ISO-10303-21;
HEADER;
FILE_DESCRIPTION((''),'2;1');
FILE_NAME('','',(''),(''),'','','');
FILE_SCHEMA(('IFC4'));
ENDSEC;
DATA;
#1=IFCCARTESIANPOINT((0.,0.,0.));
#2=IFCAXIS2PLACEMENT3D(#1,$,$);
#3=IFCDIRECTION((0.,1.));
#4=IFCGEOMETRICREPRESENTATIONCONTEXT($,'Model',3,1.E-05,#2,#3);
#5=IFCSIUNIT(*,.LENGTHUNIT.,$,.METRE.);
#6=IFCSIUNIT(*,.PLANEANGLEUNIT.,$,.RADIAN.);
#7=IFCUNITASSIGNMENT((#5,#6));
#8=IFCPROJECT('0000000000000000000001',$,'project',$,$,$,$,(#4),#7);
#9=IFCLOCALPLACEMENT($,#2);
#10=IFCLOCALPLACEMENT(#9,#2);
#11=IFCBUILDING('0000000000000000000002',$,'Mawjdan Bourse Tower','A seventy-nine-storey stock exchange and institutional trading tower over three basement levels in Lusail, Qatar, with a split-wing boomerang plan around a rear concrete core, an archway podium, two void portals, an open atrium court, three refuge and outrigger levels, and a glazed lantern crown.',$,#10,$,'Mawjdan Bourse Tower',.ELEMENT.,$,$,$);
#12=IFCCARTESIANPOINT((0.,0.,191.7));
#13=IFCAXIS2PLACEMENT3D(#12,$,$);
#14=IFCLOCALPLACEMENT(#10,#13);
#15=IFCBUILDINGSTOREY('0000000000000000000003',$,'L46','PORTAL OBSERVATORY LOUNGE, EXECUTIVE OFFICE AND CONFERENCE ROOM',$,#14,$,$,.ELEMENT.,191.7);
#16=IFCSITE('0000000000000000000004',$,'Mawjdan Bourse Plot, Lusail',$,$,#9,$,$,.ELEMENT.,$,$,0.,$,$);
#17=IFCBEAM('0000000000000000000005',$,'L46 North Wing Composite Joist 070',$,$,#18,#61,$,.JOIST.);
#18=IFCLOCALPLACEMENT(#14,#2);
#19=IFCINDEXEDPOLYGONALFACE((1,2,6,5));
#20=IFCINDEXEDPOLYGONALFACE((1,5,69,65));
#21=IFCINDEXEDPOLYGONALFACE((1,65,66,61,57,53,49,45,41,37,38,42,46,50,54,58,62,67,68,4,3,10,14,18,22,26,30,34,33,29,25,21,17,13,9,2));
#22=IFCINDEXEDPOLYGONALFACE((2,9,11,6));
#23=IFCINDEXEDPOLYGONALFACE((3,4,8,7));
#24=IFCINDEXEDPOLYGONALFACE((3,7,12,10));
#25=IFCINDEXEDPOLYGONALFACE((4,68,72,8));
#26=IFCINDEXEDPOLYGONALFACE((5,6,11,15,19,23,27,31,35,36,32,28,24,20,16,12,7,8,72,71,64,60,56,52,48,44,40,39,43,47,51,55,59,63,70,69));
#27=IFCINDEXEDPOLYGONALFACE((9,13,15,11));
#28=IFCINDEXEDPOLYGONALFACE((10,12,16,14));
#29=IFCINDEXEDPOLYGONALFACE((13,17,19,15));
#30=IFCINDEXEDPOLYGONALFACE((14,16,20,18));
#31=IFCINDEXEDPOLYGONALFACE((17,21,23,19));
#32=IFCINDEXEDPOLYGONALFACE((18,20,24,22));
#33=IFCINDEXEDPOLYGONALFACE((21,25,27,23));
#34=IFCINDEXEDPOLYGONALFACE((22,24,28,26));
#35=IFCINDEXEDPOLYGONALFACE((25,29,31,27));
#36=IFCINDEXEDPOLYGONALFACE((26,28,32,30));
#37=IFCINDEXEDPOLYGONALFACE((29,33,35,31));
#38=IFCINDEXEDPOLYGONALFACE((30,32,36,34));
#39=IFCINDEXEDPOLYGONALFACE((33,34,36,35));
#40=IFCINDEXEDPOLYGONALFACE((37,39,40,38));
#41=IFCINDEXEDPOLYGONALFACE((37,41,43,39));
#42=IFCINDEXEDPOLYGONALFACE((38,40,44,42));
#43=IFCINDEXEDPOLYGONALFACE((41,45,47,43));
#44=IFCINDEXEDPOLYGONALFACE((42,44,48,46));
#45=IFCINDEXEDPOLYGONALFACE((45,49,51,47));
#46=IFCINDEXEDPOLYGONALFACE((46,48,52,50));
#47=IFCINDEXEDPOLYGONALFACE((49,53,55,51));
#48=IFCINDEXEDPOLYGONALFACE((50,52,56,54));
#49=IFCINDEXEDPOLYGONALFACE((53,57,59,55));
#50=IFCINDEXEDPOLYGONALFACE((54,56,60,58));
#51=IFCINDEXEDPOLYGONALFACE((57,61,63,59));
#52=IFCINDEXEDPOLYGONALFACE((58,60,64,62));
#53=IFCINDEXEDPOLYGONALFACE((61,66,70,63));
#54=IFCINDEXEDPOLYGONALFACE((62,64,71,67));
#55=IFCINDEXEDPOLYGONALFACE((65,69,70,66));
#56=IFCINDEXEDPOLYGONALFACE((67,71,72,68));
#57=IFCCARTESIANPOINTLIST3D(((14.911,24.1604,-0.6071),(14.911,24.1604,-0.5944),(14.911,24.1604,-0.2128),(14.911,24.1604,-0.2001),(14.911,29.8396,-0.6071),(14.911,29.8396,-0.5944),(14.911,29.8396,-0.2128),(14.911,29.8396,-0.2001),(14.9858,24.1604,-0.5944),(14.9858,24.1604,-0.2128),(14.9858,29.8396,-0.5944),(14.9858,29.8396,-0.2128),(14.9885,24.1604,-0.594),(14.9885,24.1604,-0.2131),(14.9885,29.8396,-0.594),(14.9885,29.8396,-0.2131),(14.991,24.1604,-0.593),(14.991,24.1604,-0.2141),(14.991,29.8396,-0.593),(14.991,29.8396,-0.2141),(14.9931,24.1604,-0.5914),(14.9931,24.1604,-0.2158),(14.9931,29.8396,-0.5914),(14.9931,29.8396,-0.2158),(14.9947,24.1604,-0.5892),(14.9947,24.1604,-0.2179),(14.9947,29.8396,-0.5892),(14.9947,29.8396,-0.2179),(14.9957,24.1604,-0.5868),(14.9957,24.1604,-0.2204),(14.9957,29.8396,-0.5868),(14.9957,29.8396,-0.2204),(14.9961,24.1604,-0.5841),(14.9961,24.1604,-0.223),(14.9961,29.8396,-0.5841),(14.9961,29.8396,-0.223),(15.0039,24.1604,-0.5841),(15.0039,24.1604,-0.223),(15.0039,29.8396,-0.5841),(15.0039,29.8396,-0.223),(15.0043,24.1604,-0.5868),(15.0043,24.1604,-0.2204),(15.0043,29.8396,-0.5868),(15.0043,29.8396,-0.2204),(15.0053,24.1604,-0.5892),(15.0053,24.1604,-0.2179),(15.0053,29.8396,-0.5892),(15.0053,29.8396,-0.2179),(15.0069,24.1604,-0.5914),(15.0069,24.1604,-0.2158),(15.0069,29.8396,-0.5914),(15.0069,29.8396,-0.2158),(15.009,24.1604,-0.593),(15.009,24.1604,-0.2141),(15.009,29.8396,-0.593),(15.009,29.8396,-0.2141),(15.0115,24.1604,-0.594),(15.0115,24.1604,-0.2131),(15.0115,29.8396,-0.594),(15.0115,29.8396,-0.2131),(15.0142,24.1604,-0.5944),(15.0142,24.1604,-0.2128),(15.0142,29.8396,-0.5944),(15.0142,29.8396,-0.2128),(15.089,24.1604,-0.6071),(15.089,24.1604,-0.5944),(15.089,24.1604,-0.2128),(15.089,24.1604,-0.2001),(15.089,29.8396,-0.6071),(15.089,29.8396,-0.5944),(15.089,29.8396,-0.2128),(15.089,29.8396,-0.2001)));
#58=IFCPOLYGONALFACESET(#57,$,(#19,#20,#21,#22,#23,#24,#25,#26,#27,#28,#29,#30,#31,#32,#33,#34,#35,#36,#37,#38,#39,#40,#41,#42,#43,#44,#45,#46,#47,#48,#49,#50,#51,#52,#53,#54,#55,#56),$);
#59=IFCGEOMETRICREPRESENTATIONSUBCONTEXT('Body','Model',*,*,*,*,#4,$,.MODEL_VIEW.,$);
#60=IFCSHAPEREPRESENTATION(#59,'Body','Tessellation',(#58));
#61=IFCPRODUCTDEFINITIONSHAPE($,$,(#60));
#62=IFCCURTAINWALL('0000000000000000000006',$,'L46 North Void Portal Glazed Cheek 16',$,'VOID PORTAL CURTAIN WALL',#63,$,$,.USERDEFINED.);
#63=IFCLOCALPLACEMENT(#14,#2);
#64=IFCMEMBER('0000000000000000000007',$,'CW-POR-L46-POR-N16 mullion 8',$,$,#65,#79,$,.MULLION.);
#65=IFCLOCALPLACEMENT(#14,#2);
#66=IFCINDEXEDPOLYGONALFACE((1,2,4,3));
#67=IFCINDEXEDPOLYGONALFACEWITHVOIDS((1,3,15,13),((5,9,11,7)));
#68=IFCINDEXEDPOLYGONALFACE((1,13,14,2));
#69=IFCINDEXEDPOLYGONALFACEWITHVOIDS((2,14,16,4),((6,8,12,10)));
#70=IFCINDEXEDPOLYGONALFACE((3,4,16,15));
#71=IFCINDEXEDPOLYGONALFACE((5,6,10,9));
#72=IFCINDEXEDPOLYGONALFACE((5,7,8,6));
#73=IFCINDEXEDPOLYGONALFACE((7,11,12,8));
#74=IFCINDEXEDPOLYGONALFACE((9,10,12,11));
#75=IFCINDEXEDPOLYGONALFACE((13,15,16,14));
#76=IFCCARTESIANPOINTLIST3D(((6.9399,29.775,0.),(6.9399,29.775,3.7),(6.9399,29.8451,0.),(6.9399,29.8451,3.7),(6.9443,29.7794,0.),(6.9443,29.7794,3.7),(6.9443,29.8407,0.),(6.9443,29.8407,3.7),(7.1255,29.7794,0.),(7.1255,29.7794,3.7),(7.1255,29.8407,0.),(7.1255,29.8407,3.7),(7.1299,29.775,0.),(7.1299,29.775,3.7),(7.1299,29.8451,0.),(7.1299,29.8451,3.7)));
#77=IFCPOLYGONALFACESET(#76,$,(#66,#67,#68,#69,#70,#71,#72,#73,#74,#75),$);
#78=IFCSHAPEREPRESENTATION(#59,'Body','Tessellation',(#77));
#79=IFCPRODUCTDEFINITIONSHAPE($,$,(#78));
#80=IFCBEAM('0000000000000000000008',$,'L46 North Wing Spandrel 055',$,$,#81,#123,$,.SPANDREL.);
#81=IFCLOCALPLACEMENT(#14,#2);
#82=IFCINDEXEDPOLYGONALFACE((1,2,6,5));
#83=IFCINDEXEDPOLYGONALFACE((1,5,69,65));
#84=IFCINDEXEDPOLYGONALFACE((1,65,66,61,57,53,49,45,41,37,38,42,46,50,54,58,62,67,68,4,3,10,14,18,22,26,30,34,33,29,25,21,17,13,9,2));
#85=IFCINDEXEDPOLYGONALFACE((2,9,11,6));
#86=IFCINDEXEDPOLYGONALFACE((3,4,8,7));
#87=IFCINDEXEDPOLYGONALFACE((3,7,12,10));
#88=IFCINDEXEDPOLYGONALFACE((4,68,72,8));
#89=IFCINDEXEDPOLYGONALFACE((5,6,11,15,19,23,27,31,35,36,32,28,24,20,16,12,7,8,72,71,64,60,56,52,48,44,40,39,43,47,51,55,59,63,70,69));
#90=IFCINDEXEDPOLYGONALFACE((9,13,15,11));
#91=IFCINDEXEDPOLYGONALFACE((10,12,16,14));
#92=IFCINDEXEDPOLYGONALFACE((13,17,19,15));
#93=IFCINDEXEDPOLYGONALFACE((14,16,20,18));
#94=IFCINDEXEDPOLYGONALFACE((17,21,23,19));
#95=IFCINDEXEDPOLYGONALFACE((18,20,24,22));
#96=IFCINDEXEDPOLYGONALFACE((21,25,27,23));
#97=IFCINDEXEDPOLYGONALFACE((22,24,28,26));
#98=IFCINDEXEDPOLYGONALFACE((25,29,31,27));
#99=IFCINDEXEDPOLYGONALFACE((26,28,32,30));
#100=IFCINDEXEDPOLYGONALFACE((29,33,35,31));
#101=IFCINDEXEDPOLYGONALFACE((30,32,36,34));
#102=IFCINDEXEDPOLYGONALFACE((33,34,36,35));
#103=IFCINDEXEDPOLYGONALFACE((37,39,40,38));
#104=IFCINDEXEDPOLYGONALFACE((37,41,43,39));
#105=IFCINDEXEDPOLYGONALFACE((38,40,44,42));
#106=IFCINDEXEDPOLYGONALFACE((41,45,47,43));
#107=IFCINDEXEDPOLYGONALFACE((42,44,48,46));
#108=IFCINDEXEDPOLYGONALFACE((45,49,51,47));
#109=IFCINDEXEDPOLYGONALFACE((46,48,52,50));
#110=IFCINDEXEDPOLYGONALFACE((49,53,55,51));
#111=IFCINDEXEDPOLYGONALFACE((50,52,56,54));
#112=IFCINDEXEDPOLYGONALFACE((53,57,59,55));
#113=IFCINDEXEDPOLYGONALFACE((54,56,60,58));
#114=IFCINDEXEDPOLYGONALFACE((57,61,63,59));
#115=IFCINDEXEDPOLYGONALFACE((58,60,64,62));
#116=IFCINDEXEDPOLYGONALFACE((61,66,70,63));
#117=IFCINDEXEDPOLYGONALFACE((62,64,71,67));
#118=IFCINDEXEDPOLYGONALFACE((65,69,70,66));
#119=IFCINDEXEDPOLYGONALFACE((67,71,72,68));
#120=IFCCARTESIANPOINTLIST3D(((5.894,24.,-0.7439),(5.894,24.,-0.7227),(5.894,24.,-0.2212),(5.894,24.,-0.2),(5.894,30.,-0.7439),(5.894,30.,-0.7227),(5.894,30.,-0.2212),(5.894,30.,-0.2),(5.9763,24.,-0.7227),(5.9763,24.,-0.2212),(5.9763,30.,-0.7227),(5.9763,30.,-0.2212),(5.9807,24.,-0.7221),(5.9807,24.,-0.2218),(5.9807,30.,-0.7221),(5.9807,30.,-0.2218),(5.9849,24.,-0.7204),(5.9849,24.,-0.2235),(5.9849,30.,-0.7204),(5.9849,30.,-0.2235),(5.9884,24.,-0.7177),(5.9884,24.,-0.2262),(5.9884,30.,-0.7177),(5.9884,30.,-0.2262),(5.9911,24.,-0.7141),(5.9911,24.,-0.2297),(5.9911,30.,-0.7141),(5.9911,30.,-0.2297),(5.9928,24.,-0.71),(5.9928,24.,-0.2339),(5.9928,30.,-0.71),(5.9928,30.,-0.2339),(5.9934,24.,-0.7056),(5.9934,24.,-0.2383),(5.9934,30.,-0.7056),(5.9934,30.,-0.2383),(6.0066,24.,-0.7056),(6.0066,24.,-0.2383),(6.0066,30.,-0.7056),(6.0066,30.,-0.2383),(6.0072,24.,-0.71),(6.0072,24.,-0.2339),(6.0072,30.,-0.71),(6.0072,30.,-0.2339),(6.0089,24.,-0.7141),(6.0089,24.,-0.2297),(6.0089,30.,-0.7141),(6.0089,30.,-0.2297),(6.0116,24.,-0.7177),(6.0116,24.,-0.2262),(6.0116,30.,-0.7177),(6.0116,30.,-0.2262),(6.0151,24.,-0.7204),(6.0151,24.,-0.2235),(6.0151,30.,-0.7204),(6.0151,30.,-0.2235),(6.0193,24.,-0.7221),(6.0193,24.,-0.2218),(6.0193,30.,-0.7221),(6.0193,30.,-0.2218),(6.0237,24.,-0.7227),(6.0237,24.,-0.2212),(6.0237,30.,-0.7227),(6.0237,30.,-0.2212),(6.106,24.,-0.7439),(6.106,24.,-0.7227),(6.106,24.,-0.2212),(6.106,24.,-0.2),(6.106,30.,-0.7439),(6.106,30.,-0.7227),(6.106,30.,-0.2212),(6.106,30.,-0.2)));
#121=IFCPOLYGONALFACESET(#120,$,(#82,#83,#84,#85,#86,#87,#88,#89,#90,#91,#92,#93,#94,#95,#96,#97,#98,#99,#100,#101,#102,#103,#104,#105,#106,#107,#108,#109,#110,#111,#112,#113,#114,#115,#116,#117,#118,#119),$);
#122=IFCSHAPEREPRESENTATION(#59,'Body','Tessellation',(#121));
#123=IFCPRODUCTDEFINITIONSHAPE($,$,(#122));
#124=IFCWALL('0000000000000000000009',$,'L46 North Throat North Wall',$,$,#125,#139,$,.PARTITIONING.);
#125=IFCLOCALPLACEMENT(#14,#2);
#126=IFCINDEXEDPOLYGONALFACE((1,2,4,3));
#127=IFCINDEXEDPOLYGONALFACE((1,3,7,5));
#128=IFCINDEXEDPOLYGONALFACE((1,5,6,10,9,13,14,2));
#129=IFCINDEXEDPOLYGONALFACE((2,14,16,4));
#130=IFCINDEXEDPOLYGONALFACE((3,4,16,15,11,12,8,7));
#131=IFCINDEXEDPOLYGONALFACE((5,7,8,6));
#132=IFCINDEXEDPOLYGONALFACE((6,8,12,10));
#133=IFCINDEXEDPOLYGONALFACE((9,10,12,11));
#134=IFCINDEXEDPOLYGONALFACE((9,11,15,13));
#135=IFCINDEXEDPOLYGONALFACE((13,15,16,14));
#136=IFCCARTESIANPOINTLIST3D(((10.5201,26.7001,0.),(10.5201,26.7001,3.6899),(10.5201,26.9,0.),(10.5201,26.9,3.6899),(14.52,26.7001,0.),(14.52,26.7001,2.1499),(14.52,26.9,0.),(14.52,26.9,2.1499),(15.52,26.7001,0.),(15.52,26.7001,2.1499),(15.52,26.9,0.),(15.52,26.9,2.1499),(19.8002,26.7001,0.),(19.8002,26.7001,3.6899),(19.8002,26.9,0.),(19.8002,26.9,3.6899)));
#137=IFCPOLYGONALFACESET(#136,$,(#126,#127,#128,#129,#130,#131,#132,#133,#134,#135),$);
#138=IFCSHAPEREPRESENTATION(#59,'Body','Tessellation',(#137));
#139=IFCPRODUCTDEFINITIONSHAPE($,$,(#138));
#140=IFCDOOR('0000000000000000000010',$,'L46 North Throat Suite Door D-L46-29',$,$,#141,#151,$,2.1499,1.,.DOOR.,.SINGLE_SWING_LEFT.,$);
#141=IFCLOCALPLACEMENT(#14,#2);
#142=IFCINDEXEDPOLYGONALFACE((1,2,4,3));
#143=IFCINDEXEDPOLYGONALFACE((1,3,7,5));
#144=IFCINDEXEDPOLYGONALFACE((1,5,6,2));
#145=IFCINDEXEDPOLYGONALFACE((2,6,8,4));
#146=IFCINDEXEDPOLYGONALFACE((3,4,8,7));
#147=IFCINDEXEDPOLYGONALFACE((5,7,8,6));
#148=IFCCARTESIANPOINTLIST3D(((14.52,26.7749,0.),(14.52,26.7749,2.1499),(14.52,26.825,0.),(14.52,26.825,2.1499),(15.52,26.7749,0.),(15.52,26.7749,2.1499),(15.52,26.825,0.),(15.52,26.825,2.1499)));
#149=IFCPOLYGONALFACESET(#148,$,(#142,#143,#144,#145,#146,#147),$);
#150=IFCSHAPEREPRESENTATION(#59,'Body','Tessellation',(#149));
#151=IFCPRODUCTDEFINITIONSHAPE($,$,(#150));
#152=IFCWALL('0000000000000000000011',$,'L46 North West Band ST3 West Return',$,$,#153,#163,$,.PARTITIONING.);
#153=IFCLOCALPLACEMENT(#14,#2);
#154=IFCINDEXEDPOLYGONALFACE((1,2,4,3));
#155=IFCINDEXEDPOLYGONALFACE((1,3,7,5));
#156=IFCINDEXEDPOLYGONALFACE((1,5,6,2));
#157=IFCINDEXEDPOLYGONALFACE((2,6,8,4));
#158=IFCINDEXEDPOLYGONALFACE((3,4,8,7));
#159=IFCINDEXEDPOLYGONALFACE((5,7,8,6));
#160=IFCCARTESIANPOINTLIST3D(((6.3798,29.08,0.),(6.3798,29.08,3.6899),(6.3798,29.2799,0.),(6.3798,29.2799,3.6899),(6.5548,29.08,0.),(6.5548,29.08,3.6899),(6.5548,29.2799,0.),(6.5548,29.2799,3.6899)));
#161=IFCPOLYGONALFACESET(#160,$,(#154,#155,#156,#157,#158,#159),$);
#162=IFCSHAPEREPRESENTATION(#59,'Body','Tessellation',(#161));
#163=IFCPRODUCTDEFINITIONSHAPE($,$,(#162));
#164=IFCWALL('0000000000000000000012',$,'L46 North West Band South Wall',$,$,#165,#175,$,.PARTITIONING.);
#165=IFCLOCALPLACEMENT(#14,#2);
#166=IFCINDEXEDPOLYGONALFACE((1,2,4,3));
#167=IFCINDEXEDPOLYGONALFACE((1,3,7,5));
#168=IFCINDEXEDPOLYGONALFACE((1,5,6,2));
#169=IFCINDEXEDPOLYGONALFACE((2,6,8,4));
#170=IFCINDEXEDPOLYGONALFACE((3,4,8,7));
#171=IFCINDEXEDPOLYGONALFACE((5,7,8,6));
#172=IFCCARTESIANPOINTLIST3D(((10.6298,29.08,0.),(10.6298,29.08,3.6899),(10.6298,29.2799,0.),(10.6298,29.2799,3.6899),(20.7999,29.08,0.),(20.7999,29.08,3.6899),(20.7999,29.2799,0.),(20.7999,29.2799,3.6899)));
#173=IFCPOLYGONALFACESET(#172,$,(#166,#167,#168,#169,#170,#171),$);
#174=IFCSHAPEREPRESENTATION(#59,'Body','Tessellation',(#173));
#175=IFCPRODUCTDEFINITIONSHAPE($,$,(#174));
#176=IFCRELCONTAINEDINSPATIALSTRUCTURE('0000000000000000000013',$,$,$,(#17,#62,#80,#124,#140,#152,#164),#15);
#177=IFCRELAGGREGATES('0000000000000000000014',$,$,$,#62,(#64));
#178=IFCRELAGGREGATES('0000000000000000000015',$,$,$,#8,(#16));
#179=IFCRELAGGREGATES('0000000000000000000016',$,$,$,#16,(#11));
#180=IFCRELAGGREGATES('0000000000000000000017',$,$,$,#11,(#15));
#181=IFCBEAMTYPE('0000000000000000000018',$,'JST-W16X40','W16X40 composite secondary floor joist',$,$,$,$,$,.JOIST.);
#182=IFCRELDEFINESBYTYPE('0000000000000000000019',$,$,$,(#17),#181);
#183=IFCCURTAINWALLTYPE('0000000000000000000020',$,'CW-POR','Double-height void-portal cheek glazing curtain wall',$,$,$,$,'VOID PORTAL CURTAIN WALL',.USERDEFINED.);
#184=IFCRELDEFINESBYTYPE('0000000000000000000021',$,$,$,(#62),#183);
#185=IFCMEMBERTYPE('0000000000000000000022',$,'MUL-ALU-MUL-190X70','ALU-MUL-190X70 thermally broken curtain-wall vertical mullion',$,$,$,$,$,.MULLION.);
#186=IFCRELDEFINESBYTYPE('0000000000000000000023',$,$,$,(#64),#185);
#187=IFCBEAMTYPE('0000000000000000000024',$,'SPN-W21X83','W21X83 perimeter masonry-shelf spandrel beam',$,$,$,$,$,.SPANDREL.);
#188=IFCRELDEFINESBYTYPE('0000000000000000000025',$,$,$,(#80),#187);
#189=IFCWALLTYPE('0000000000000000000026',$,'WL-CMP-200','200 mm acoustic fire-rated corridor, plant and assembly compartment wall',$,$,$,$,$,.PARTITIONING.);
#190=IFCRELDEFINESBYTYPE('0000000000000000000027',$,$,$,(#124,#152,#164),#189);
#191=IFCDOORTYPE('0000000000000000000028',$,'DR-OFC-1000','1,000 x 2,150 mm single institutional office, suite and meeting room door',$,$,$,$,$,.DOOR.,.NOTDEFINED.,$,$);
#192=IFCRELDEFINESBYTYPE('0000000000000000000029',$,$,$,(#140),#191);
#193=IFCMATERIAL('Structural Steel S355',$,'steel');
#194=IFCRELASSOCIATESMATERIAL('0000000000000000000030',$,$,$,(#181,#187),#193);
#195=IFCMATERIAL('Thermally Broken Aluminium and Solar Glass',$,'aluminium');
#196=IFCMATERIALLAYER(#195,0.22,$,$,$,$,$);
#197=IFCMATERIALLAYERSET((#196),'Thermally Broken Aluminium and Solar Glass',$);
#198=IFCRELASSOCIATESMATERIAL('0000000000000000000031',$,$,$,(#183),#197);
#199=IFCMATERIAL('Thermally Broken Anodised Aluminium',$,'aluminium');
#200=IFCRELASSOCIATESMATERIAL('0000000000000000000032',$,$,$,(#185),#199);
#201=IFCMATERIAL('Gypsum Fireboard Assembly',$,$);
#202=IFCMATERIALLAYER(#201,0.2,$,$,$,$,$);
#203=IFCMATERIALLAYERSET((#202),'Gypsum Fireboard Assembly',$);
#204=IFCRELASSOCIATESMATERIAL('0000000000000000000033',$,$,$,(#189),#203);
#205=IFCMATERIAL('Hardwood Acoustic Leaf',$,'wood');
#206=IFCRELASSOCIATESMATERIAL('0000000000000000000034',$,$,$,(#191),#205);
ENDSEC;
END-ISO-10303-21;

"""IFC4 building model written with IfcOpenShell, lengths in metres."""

from ifc_helpers import new_model, si_unit, direction, frame, frame_2d, origin, origin_2d, place, context, subcontext, project, spatial, rectangle, hollow_rectangle, i_section, extrude, material, layer, layer_set, material_profile, profile_set, type_object, element, fill, aggregate, save


model = new_model("IFC4")

# Units and contexts
model_context = context("Model", 3, precision=1e-05, world=origin(), true_north=direction((0.0, 1.0)))
body_context = subcontext(model_context, "Body", "Model", "MODEL_VIEW")
ifc_project = project(units=[si_unit("LENGTHUNIT", "METRE"), si_unit("PLANEANGLEUNIT", "RADIAN")], contexts=[model_context])

# Site, building, storey
site_placement = place(None, origin())
site = spatial("IfcSite", under=ifc_project, at=site_placement, Name="Mawjdan Bourse Plot, Lusail", CompositionType="ELEMENT", RefElevation=0.0)
building_placement = place(site_placement, origin())
building = spatial("IfcBuilding", under=site, at=building_placement, Name="Mawjdan Bourse Tower", Description="A seventy-nine-storey stock exchange and institutional trading tower over three basement levels in Lusail, Qatar, with a split-wing boomerang plan around a rear concrete core, an archway podium, two void portals, an open atrium court, three refuge and outrigger levels, and a glazed lantern crown.", LongName="Mawjdan Bourse Tower", CompositionType="ELEMENT")
storey_placement = place(building_placement, frame((0.0, 0.0, 191.7)))
storey = spatial("IfcBuildingStorey", under=building, at=storey_placement, Name="L46", Description="PORTAL OBSERVATORY LOUNGE, EXECUTIVE OFFICE AND CONFERENCE ROOM", CompositionType="ELEMENT", Elevation=191.7)

# Beam
ifc_material_1 = material(Name="Structural Steel S355", Category="steel")
ifc_material_profile_1 = material_profile(ifc_material_1, i_section(OverallWidth=0.178, OverallDepth=0.407, WebThickness=0.0078, FlangeThickness=0.0127, FilletRadius=0.0103, at=origin_2d()), Name="W16X40")
ifc_profile_set_1 = profile_set([ifc_material_profile_1], Name="Structural Steel S355")
beam_type_1 = type_object("IfcBeamType", Name="JST-W16X40", Description="W16X40 composite secondary floor joist", PredefinedType="JOIST", material=ifc_profile_set_1)
beam_1_placement = place(storey_placement, frame((15.0, 24.1604, -0.4036), z_axis=(0.0, 1.0, 0.0), x_axis=(-1.0, 0.0, 0.0)))
element("IfcBeam", 1, at=beam_1_placement, inside=storey, type_object=beam_type_1, Name="L46 North Wing Composite Joist 070", PredefinedType="JOIST", context=body_context, shape_type="SweptSolid", body=[
    extrude(i_section(OverallWidth=0.178, OverallDepth=0.407, WebThickness=0.0078, FlangeThickness=0.0127, FilletRadius=0.0103, at=origin_2d()), origin(), (0.0, 0.0, 1.0), 5.6792),
])

# Curtain wall, member
ifc_material_2 = material(Name="Thermally Broken Aluminium and Solar Glass", Category="aluminium")
ifc_layer_1 = layer(ifc_material_2, 0.22)
ifc_layer_set_1 = layer_set([ifc_layer_1], Name="Thermally Broken Aluminium and Solar Glass")
curtain_wall_type = type_object("IfcCurtainWallType", Name="CW-POR", Description="Double-height void-portal cheek glazing curtain wall", ElementType="VOID PORTAL CURTAIN WALL", PredefinedType="USERDEFINED", material=ifc_layer_set_1)
curtain_wall_placement = place(storey_placement, origin())
curtain_wall = element("IfcCurtainWall", 2, at=curtain_wall_placement, inside=storey, type_object=curtain_wall_type, Name="L46 North Void Portal Glazed Cheek 16", ObjectType="VOID PORTAL CURTAIN WALL", PredefinedType="USERDEFINED")
ifc_material_3 = material(Name="Thermally Broken Anodised Aluminium", Category="aluminium")
ifc_material_profile_2 = material_profile(ifc_material_3, hollow_rectangle(XDim=0.0701, YDim=0.1899, WallThickness=0.0044, at=origin_2d()), Name="ALU-MUL-190X70")
ifc_profile_set_2 = profile_set([ifc_material_profile_2], Name="Thermally Broken Anodised Aluminium")
member_type = type_object("IfcMemberType", Name="MUL-ALU-MUL-190X70", Description="ALU-MUL-190X70 thermally broken curtain-wall vertical mullion", PredefinedType="MULLION", material=ifc_profile_set_2)
member_placement = place(storey_placement, frame((7.0349, 29.8101, 0.0), z_axis=(0.0, 0.0, 1.0), x_axis=(0.0, -1.0, 0.0)))
member = element("IfcMember", 3, at=member_placement, type_object=member_type, Name="CW-POR-L46-POR-N16 mullion 8", PredefinedType="MULLION", context=body_context, shape_type="SweptSolid", body=[
    extrude(hollow_rectangle(XDim=0.0701, YDim=0.1899, WallThickness=0.0044, at=origin_2d()), origin(), (0.0, 0.0, 1.0), 3.7),
])
aggregate(curtain_wall, [member])

# Beam
ifc_material_profile_3 = material_profile(ifc_material_1, i_section(OverallWidth=0.2119, OverallDepth=0.5439, WebThickness=0.0132, FlangeThickness=0.0212, FilletRadius=0.0171, at=origin_2d()), Name="W21X83")
ifc_profile_set_3 = profile_set([ifc_material_profile_3], Name="Structural Steel S355")
beam_type_2 = type_object("IfcBeamType", Name="SPN-W21X83", Description="W21X83 perimeter masonry-shelf spandrel beam", PredefinedType="SPANDREL", material=ifc_profile_set_3)
beam_2_placement = place(storey_placement, frame((6.0, 24.0, -0.4719), z_axis=(0.0, 1.0, 0.0), x_axis=(-1.0, 0.0, 0.0)))
element("IfcBeam", 4, at=beam_2_placement, inside=storey, type_object=beam_type_2, Name="L46 North Wing Spandrel 055", PredefinedType="SPANDREL", context=body_context, shape_type="SweptSolid", body=[
    extrude(i_section(OverallWidth=0.2119, OverallDepth=0.5439, WebThickness=0.0132, FlangeThickness=0.0212, FilletRadius=0.0171, at=origin_2d()), origin(), (0.0, 0.0, 1.0), 6.0),
])

# Wall, opening, door
ifc_material_4 = material(Name="Gypsum Fireboard Assembly")
ifc_layer_2 = layer(ifc_material_4, 0.2)
ifc_layer_set_2 = layer_set([ifc_layer_2], Name="Gypsum Fireboard Assembly")
wall_type_1 = type_object("IfcWallType", Name="WL-CMP-200", Description="200 mm acoustic fire-rated corridor, plant and assembly compartment wall", PredefinedType="PARTITIONING", material=ifc_layer_set_2)
wall_1_placement = place(storey_placement, frame((10.52, 26.8, 0.0), z_axis=(0.0, 0.0, 1.0), x_axis=(1.0, 0.0, 0.0)))
wall_1 = element("IfcWall", 5, at=wall_1_placement, inside=storey, type_object=wall_type_1, Name="L46 North Throat North Wall", PredefinedType="PARTITIONING", context=body_context, shape_type="SweptSolid", body=[
    extrude(rectangle(XDim=9.28, YDim=0.2, at=frame_2d((4.6401, 0.0))), origin(), (0.0, 0.0, 1.0), 3.6899),
])
opening_1_placement = place(wall_1_placement, frame((4.0, 0.0, 0.0)))
opening_1 = element("IfcOpeningElement", 6, at=opening_1_placement, cuts=wall_1, PredefinedType="OPENING", context=body_context, shape_type="SweptSolid", body=[
    extrude(rectangle(XDim=1.0, YDim=2.1499, at=frame_2d((0.5, 1.075))), frame((0.0, 0.1099, 0.0), z_axis=(0.0, -1.0, 0.0), x_axis=(1.0, 0.0, 0.0)), (0.0, 0.0, 1.0), 0.22),
])
ifc_material_5 = material(Name="Hardwood Acoustic Leaf", Category="wood")
door_type_1 = type_object("IfcDoorType", Name="DR-OFC-1000", Description="1,000 x 2,150 mm single institutional office, suite and meeting room door", OperationType="NOTDEFINED", PredefinedType="DOOR", material=ifc_material_5)
door_1_placement = place(opening_1_placement, origin())
door_1 = element("IfcDoor", 7, at=door_1_placement, inside=storey, type_object=door_type_1, Name="L46 North Throat Suite Door D-L46-29", OperationType="SINGLE_SWING_LEFT", OverallHeight=2.1499, OverallWidth=1.0, PredefinedType="DOOR", context=body_context, shape_type="SweptSolid", body=[
    extrude(rectangle(XDim=1.0, YDim=2.1499, at=frame_2d((0.5, 1.075))), frame((0.0, 0.0249, 0.0), z_axis=(0.0, -1.0, 0.0), x_axis=(1.0, 0.0, 0.0)), (0.0, 0.0, 1.0), 0.05),
])
fill(opening_1, door_1)

# Walls
wall_2_placement = place(storey_placement, frame((6.3799, 29.1799, 0.0), z_axis=(0.0, 0.0, 1.0), x_axis=(1.0, 0.0, 0.0)))
element("IfcWall", 8, at=wall_2_placement, inside=storey, type_object=wall_type_1, Name="L46 North West Band ST3 West Return", PredefinedType="PARTITIONING", context=body_context, shape_type="SweptSolid", body=[
    extrude(rectangle(XDim=0.175, YDim=0.2, at=frame_2d((0.0874, 0.0))), origin(), (0.0, 0.0, 1.0), 3.6899),
])
wall_3_placement = place(storey_placement, frame((10.6299, 29.1799, 0.0), z_axis=(0.0, 0.0, 1.0), x_axis=(1.0, 0.0, 0.0)))
element("IfcWall", 9, at=wall_3_placement, inside=storey, type_object=wall_type_1, Name="L46 North West Band South Wall", PredefinedType="PARTITIONING", context=body_context, shape_type="SweptSolid", body=[
    extrude(rectangle(XDim=10.1702, YDim=0.2, at=frame_2d((5.085, 0.0))), origin(), (0.0, 0.0, 1.0), 3.6899),
])

save(model, "model.ifc")
